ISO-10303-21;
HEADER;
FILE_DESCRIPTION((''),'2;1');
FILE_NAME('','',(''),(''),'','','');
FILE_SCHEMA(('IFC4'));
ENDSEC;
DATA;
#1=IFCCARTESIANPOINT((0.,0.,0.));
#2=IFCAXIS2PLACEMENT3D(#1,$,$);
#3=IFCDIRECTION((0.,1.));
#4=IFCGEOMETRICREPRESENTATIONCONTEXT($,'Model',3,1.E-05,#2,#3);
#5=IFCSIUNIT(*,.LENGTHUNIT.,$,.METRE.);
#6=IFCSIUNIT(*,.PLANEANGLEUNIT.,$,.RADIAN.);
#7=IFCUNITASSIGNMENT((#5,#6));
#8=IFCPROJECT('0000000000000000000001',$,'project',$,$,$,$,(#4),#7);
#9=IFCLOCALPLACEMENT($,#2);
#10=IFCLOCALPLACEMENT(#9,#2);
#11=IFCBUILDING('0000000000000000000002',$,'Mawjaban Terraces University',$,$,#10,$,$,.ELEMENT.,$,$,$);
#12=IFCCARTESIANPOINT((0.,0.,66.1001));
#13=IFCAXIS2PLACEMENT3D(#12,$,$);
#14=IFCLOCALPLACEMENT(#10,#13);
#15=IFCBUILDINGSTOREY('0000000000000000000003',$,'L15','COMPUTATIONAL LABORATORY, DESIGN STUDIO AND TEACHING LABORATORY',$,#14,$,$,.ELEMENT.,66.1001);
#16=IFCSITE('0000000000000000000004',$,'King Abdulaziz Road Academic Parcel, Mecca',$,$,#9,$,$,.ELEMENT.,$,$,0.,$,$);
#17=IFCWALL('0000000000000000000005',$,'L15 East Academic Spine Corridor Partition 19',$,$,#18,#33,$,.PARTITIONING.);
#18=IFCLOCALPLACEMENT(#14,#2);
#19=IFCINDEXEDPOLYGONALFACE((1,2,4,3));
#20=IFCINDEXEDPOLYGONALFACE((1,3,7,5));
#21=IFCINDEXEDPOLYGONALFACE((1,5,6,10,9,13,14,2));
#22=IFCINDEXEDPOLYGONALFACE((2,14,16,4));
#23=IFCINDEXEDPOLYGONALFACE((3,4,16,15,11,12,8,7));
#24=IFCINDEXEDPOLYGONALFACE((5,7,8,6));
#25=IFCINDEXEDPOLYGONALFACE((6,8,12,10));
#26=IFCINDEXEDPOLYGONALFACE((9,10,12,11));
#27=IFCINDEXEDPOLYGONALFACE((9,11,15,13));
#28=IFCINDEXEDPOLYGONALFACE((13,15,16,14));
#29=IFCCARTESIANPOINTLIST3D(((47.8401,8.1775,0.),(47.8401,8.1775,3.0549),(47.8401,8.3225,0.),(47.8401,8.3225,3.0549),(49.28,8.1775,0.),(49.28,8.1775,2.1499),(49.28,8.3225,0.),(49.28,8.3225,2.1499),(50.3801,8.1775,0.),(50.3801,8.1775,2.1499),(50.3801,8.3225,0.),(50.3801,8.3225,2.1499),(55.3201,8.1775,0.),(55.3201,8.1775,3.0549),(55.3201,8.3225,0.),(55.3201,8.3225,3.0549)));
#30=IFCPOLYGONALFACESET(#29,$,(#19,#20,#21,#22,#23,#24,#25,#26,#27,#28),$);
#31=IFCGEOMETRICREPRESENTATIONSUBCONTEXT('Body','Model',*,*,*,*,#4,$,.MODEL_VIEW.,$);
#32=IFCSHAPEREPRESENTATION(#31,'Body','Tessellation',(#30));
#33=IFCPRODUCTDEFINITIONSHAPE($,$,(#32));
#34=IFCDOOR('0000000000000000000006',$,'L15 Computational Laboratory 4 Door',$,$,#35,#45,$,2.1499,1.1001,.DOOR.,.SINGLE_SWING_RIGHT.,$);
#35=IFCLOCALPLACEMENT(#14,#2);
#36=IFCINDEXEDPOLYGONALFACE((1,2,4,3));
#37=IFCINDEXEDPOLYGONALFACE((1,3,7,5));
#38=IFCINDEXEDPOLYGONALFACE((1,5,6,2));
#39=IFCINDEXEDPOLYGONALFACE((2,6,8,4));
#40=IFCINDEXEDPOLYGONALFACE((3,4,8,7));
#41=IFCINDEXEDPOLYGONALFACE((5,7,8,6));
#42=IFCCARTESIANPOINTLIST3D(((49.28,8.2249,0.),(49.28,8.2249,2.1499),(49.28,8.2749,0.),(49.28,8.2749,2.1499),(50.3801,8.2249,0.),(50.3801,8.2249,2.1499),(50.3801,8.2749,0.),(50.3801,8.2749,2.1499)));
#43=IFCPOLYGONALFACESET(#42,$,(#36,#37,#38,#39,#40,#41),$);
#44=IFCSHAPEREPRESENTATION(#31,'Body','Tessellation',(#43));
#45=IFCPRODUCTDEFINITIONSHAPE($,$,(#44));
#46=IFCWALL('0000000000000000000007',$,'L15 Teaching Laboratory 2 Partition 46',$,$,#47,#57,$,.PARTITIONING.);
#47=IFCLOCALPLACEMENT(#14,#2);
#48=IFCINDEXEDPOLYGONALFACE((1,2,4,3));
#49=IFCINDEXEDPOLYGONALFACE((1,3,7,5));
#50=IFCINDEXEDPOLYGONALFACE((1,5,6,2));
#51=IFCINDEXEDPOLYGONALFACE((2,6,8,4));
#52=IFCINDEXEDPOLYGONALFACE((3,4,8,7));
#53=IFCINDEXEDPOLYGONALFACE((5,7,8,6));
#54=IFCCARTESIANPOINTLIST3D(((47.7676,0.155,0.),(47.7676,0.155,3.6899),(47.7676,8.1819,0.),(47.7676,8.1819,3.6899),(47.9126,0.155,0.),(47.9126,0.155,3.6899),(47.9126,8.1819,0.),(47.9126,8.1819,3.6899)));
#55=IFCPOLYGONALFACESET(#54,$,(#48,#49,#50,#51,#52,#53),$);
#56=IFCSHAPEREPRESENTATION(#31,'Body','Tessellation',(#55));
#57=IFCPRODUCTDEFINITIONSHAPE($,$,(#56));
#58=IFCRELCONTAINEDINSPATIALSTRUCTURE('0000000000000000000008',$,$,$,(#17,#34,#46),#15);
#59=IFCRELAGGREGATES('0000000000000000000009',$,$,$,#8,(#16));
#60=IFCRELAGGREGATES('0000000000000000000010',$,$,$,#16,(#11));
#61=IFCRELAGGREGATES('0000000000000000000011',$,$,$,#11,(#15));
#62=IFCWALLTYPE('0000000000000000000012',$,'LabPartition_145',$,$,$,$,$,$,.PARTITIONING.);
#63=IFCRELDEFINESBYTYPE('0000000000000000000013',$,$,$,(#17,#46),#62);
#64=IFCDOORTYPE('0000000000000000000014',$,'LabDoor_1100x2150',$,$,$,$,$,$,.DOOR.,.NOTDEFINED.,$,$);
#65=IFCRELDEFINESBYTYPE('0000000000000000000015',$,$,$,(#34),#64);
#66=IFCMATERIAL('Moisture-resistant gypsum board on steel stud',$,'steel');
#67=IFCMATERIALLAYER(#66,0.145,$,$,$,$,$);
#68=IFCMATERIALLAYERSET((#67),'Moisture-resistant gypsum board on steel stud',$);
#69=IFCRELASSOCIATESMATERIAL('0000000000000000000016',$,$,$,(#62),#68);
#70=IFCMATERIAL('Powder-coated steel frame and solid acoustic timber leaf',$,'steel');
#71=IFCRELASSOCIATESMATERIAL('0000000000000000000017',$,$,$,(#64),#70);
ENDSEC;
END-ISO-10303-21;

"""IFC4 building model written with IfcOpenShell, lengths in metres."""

from ifc_helpers import new_model, si_unit, direction, frame, frame_2d, origin, place, context, subcontext, project, spatial, rectangle, extrude, material, layer, layer_set, type_object, element, fill, save


model = new_model("IFC4")

# Units and contexts
model_context = context("Model", 3, precision=1e-05, world=origin(), true_north=direction((0.0, 1.0)))
body_context = subcontext(model_context, "Body", "Model", "MODEL_VIEW")
ifc_project = project(units=[si_unit("LENGTHUNIT", "METRE"), si_unit("PLANEANGLEUNIT", "RADIAN")], contexts=[model_context])

# Site, building, storey
site_placement = place(None, origin())
site = spatial("IfcSite", under=ifc_project, at=site_placement, Name="King Abdulaziz Road Academic Parcel, Mecca", CompositionType="ELEMENT", RefElevation=0.0)
building_placement = place(site_placement, origin())
building = spatial("IfcBuilding", under=site, at=building_placement, Name="Mawjaban Terraces University", CompositionType="ELEMENT")
storey_placement = place(building_placement, frame((0.0, 0.0, 66.1001)))
storey = spatial("IfcBuildingStorey", under=building, at=storey_placement, Name="L15", Description="COMPUTATIONAL LABORATORY, DESIGN STUDIO AND TEACHING LABORATORY", CompositionType="ELEMENT", Elevation=66.1001)

# Shared definitions
ifc_material_1 = material(Name="Powder-coated steel frame and solid acoustic timber leaf", Category="steel")

# Wall, opening, door
ifc_material_2 = material(Name="Moisture-resistant gypsum board on steel stud", Category="steel")
ifc_layer_1 = layer(ifc_material_2, 0.145)
ifc_layer_set_1 = layer_set([ifc_layer_1], Name="Moisture-resistant gypsum board on steel stud")
wall_type_1 = type_object("IfcWallType", Name="LabPartition_145", PredefinedType="PARTITIONING", material=ifc_layer_set_1)
door_type_1 = type_object("IfcDoorType", Name="LabDoor_1100x2150", OperationType="NOTDEFINED", PredefinedType="DOOR", material=ifc_material_1)
wall_1_placement = place(storey_placement, frame((47.8401, 8.25, 0.0), z_axis=(0.0, 0.0, 1.0), x_axis=(1.0, 0.0, 0.0)))
wall_1 = element("IfcWall", 1, at=wall_1_placement, inside=storey, type_object=wall_type_1, Name="L15 East Academic Spine Corridor Partition 19", PredefinedType="PARTITIONING", context=body_context, shape_type="SweptSolid", body=[
    extrude(rectangle(XDim=7.48, YDim=0.145, at=frame_2d((3.74, 0.0))), origin(), (0.0, 0.0, 1.0), 3.0549),
])
opening_1_placement = place(wall_1_placement, frame((1.4399, 0.0, 0.0)))
opening_1 = element("IfcOpeningElement", 2, at=opening_1_placement, cuts=wall_1, PredefinedType="OPENING", context=body_context, shape_type="SweptSolid", body=[
    extrude(rectangle(XDim=1.1001, YDim=2.1499, at=frame_2d((0.55, 1.075))), frame((0.0, 0.0825, 0.0), z_axis=(0.0, -1.0, 0.0), x_axis=(1.0, 0.0, 0.0)), (0.0, 0.0, 1.0), 0.165),
])
door_1_placement = place(opening_1_placement, origin())
door_1 = element("IfcDoor", 3, at=door_1_placement, inside=storey, type_object=door_type_1, Name="L15 Computational Laboratory 4 Door", OperationType="SINGLE_SWING_RIGHT", OverallHeight=2.1499, OverallWidth=1.1001, PredefinedType="DOOR", context=body_context, shape_type="SweptSolid", body=[
    extrude(rectangle(XDim=1.1001, YDim=2.1499, at=frame_2d((0.55, 1.075))), frame((0.0, 0.0249, 0.0), z_axis=(0.0, -1.0, 0.0), x_axis=(1.0, 0.0, 0.0)), (0.0, 0.0, 1.0), 0.05),
])
fill(opening_1, door_1)

# Wall
wall_2_placement = place(storey_placement, frame((47.8401, 0.155, 0.0), z_axis=(0.0, 0.0, 1.0), x_axis=(0.0, 1.0, 0.0)))
element("IfcWall", 4, at=wall_2_placement, inside=storey, type_object=wall_type_1, Name="L15 Teaching Laboratory 2 Partition 46", PredefinedType="PARTITIONING", context=body_context, shape_type="SweptSolid", body=[
    extrude(rectangle(XDim=8.0269, YDim=0.145, at=frame_2d((4.0134, 0.0))), origin(), (0.0, 0.0, 1.0), 3.6899),
])

save(model, "model.ifc")
